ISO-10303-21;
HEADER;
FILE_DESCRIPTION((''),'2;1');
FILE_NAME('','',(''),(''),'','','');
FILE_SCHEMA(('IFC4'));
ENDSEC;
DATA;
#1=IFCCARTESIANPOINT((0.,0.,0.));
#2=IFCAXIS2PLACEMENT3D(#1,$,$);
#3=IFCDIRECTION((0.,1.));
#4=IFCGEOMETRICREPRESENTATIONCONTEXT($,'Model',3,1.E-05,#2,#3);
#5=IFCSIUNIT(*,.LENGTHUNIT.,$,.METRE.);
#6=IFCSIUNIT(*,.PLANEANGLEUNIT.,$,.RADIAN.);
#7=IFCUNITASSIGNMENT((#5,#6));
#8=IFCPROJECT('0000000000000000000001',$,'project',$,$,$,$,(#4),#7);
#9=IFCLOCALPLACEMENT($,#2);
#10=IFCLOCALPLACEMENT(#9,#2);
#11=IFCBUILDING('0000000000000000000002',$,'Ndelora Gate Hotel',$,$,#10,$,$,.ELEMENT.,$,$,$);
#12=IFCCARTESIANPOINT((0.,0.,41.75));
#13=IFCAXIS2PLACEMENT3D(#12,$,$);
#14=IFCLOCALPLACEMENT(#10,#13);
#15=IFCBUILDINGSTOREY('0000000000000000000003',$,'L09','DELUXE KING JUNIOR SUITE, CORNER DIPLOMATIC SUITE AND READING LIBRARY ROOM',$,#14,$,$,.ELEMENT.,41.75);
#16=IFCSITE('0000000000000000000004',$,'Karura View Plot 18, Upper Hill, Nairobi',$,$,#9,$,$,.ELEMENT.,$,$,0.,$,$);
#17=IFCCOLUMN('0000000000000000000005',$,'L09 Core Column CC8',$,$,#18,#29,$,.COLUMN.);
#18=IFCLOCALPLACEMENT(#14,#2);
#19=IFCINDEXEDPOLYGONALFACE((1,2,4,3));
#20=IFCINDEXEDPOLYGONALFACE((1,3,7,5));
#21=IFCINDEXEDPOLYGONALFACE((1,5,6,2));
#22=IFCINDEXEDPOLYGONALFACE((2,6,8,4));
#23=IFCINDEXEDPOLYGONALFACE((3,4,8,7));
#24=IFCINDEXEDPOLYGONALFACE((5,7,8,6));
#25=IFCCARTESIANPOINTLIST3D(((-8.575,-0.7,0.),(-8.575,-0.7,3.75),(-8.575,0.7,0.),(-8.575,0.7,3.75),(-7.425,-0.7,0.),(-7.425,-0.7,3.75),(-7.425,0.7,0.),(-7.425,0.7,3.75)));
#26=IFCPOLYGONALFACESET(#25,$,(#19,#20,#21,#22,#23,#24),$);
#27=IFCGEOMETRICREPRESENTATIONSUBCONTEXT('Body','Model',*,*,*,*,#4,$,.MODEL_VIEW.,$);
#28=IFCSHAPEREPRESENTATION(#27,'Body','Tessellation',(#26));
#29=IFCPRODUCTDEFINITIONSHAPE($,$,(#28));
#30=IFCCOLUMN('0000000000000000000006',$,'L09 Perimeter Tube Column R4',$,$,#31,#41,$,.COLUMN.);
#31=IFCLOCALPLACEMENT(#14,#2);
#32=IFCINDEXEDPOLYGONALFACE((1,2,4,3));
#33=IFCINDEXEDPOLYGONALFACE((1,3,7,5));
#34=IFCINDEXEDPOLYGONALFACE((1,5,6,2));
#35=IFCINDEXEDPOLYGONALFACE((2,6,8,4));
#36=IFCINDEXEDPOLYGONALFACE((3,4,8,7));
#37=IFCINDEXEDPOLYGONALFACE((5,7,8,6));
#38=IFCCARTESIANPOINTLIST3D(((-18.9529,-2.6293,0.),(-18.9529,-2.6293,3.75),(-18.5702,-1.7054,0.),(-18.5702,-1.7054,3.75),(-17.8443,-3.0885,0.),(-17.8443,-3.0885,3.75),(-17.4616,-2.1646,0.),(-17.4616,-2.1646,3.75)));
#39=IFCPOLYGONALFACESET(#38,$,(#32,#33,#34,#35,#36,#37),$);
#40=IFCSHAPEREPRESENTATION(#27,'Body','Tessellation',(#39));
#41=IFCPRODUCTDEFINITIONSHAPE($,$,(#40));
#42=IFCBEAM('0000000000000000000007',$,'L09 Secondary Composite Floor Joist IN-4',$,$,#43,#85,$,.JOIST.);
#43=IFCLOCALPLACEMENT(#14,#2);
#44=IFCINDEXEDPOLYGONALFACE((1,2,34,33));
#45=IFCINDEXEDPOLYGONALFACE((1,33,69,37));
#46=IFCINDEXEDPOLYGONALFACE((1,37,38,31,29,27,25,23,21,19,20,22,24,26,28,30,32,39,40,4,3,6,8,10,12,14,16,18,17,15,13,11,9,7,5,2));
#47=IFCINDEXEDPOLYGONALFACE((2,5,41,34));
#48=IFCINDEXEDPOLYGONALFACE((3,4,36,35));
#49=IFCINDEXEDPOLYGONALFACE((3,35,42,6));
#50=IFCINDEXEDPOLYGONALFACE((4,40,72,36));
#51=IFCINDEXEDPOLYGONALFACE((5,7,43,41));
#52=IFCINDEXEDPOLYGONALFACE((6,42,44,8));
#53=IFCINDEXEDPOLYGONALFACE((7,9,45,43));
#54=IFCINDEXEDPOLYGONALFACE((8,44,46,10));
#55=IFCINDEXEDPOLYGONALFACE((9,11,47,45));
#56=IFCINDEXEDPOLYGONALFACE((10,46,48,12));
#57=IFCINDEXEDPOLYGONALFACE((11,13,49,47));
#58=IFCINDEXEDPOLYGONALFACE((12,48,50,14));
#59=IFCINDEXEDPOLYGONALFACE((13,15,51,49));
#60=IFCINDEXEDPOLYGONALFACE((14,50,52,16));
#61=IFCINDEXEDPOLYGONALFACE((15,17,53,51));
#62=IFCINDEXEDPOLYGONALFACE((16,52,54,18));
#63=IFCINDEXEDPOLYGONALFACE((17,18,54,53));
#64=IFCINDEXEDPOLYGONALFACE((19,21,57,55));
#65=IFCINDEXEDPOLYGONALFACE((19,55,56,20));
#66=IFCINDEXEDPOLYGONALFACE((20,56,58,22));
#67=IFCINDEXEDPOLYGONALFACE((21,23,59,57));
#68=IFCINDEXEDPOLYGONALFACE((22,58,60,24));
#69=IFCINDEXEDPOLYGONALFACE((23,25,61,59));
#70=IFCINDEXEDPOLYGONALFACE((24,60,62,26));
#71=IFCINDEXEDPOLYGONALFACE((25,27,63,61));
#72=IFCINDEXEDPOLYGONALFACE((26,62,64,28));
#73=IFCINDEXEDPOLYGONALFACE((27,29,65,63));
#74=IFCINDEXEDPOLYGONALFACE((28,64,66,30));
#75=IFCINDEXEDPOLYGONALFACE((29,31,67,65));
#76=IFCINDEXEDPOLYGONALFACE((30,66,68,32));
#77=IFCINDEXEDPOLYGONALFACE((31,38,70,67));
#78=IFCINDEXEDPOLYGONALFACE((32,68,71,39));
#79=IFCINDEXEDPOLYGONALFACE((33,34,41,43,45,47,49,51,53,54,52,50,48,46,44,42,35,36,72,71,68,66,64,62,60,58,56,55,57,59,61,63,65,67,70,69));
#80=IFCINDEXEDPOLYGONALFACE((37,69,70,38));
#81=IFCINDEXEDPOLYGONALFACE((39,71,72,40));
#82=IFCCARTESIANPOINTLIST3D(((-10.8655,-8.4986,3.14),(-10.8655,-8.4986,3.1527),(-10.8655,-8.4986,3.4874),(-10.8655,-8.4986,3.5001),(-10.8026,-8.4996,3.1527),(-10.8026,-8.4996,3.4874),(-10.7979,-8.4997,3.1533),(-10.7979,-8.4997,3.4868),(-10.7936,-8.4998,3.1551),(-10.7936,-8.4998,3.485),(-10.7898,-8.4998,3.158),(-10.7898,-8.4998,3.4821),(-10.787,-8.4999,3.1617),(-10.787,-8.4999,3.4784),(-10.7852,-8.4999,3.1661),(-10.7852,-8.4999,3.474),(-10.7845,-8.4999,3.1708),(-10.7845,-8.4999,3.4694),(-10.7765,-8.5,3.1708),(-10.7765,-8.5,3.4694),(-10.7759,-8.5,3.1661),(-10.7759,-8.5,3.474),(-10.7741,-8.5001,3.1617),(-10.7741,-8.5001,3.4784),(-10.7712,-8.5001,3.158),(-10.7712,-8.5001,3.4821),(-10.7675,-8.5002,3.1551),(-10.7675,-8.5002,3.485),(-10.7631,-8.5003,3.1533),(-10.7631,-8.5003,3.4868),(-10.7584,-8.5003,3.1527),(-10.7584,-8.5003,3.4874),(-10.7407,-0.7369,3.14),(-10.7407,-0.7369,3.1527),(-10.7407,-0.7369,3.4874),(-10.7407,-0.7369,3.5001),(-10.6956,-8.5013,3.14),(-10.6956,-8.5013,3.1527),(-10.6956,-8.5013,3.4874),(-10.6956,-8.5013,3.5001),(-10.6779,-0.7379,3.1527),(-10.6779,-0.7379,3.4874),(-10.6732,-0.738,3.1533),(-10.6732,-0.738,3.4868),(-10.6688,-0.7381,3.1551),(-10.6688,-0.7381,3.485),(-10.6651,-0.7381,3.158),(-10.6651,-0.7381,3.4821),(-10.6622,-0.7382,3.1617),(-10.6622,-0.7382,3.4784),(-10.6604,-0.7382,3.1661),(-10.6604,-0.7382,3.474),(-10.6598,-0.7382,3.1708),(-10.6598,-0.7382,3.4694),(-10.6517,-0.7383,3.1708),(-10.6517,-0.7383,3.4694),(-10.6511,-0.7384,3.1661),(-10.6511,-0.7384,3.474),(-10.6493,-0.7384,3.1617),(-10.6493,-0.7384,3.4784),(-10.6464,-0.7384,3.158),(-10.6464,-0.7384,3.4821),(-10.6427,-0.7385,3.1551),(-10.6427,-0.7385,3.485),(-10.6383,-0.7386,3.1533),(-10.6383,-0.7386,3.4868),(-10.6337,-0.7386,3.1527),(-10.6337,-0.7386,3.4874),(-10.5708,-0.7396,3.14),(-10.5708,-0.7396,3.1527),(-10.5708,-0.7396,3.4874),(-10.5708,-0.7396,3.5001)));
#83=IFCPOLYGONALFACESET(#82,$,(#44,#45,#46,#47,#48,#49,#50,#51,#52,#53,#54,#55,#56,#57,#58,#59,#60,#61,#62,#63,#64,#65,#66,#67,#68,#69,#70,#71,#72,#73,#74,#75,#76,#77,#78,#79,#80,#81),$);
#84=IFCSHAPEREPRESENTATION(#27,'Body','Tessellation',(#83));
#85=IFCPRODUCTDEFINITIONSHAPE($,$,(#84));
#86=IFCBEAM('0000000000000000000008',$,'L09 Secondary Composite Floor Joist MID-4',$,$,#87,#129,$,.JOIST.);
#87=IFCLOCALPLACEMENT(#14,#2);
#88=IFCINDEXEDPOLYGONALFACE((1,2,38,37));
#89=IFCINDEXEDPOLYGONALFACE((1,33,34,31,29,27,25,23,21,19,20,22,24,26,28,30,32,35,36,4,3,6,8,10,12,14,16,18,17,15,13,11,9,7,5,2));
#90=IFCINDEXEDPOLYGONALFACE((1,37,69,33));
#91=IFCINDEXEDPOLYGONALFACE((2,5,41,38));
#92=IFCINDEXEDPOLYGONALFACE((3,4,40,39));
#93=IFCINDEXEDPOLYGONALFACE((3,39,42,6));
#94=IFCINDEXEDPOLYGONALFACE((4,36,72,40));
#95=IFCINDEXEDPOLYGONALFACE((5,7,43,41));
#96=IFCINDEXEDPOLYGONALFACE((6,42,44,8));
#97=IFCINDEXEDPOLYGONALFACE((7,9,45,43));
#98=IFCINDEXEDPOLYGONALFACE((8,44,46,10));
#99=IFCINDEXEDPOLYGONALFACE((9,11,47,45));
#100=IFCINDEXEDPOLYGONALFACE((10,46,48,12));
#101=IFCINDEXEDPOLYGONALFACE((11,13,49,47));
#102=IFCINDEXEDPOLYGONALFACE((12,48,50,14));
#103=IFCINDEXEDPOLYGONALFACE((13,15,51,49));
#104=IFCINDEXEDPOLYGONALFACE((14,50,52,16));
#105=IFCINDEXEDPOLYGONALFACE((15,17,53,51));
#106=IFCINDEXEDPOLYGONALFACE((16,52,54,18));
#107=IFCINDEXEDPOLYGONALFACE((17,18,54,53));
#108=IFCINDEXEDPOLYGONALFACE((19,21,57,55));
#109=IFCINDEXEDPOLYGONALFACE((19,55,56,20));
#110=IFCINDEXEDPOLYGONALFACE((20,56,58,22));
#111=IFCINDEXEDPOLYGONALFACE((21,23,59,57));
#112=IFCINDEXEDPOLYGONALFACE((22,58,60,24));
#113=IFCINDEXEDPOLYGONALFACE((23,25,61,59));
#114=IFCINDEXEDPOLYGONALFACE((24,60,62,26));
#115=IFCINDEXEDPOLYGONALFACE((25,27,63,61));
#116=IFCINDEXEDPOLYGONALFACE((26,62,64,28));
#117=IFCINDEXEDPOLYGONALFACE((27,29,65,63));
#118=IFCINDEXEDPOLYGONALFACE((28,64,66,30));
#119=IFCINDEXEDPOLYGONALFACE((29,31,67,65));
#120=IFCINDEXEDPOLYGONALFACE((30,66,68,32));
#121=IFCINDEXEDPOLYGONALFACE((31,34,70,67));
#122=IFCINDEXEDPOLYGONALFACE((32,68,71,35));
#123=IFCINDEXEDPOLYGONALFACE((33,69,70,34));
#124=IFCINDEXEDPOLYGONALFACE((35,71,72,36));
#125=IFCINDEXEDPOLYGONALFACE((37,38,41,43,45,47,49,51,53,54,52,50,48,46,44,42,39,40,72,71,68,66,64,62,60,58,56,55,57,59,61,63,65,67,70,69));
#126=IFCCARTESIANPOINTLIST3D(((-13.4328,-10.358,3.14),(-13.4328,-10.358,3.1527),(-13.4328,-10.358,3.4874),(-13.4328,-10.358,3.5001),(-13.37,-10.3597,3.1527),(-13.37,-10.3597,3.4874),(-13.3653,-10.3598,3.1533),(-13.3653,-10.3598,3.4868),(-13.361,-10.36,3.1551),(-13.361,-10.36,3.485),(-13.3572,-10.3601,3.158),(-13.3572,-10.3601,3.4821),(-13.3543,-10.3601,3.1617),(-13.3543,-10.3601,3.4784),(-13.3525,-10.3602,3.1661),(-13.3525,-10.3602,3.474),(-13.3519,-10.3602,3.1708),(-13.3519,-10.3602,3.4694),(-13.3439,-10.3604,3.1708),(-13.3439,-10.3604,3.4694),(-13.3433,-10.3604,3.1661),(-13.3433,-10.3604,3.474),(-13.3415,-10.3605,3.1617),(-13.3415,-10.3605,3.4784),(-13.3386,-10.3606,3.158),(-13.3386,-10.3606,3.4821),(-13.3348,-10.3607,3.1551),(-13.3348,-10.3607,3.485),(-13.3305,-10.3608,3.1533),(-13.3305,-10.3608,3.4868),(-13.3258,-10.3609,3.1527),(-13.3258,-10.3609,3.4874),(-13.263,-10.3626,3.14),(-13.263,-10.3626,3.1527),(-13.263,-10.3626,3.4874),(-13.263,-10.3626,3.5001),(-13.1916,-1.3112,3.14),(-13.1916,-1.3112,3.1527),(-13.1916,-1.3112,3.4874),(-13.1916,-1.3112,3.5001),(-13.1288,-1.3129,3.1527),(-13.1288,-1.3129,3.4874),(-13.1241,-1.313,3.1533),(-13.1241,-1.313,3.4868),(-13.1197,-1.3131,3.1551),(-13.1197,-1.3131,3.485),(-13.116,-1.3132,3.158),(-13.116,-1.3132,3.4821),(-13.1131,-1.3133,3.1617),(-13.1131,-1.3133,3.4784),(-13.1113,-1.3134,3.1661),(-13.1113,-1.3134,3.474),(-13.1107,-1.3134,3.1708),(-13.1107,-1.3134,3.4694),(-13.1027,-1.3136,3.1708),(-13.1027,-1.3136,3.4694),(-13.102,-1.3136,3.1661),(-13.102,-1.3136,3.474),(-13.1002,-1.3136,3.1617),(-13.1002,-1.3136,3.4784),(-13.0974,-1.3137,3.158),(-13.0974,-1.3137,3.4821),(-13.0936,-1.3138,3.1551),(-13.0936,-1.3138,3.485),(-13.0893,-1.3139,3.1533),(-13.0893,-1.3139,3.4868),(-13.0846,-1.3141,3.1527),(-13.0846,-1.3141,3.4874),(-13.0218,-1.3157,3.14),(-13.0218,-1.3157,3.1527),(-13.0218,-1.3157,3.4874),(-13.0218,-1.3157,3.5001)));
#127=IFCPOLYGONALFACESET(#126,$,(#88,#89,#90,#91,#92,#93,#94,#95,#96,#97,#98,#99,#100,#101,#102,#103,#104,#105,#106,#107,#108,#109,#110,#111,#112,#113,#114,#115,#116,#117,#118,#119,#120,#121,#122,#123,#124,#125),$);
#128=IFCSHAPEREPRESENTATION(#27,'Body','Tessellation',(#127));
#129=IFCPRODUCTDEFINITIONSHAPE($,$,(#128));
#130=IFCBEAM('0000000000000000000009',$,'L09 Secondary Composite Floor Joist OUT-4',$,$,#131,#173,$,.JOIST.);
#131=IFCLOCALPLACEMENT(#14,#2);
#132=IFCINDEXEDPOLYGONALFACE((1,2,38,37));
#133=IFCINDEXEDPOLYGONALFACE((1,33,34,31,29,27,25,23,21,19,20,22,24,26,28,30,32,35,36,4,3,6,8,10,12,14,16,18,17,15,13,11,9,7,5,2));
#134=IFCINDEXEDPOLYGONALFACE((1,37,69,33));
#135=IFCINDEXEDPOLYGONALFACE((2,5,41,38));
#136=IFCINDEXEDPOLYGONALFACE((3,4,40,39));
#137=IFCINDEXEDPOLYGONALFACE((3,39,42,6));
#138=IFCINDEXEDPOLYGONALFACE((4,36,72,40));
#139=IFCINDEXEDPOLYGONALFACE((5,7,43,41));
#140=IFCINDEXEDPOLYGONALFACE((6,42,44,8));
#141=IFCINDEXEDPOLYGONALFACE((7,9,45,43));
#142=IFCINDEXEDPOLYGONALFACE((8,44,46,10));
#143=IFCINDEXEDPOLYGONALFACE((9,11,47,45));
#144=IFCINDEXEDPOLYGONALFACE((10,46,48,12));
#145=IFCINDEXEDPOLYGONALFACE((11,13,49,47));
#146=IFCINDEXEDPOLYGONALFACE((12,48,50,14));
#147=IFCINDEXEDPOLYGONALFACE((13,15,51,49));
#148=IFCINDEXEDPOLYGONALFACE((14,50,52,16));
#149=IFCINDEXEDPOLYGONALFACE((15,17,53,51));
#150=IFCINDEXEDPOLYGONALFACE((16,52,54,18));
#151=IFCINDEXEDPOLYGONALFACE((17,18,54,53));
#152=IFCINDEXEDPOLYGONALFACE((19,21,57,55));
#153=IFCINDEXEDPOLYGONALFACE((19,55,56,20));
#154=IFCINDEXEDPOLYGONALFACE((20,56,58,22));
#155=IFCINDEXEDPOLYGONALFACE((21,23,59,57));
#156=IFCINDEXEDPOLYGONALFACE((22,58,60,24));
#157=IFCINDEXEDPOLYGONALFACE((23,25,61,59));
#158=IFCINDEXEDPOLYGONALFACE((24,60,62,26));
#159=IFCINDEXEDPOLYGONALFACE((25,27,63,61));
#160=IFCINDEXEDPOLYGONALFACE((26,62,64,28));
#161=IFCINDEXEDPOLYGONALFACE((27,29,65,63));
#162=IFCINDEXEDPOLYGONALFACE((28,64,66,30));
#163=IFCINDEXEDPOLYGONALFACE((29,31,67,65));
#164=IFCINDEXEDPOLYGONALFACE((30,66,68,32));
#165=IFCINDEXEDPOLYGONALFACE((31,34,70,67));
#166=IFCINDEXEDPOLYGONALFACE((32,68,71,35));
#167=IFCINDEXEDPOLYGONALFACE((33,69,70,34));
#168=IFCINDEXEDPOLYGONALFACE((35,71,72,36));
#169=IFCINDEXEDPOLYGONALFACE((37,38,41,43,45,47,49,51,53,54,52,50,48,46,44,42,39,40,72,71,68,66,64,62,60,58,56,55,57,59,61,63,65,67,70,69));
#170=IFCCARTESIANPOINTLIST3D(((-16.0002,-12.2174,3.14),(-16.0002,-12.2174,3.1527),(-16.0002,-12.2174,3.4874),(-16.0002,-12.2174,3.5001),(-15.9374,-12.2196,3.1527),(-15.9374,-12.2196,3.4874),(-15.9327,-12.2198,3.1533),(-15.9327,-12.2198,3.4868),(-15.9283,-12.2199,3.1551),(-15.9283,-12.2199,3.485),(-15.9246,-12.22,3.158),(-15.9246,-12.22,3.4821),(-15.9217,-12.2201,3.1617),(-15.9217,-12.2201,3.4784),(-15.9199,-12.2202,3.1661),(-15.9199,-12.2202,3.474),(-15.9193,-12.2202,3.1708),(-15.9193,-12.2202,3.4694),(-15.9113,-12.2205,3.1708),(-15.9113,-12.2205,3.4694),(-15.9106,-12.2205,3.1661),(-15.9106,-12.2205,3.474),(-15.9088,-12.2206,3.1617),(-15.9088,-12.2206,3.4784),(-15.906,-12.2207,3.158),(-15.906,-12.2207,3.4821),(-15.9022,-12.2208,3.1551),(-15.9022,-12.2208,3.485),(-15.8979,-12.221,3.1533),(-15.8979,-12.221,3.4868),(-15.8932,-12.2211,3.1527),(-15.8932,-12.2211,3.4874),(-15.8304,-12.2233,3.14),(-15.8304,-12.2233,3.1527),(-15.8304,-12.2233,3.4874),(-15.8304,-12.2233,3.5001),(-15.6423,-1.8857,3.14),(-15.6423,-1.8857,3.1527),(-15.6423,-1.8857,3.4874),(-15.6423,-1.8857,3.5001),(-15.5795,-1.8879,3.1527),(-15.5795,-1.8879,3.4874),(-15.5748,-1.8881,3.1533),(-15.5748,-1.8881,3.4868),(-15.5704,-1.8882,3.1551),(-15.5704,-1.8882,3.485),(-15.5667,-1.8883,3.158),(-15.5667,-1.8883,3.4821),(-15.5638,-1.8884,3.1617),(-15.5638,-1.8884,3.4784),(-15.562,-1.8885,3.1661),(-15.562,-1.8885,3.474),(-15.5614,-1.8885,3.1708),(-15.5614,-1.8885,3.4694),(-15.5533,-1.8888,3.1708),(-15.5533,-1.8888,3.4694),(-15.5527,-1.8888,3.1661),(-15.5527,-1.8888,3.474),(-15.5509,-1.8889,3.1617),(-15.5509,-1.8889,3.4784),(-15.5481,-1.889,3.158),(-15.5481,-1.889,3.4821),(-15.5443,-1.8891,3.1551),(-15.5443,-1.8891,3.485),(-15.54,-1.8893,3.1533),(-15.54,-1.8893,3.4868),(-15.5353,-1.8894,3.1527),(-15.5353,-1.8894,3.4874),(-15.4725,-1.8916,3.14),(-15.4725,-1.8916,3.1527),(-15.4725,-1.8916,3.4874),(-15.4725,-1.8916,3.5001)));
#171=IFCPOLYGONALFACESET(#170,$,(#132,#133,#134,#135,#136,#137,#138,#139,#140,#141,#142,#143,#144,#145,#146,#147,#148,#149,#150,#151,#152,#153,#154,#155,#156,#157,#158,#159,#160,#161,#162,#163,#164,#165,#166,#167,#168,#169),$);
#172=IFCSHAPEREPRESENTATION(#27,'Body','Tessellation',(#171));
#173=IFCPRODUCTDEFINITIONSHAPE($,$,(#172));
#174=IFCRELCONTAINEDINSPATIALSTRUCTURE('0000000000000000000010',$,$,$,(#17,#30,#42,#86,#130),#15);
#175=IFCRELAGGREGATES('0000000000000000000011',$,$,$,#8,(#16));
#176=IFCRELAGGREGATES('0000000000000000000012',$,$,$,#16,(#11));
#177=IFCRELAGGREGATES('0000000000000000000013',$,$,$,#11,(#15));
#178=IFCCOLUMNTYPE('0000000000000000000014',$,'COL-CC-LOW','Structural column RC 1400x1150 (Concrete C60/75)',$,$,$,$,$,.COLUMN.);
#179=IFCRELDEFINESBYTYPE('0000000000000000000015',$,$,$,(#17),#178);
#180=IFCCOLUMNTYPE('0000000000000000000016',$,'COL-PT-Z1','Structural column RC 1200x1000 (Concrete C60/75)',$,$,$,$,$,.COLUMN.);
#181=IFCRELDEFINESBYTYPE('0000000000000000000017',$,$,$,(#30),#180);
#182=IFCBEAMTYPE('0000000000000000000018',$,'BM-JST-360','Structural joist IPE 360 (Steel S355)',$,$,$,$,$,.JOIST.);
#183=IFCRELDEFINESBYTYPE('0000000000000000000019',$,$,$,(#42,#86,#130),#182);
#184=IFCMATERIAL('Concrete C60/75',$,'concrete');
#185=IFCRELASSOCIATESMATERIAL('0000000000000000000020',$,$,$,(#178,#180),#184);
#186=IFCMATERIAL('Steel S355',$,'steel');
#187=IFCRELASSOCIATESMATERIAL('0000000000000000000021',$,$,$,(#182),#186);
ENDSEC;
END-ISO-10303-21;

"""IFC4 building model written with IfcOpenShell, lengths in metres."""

from ifc_helpers import new_model, si_unit, direction, frame, origin, origin_2d, place, context, subcontext, project, spatial, rectangle, i_section, extrude, material, material_profile, profile_set, type_object, element, save


model = new_model("IFC4")

# Units and contexts
model_context = context("Model", 3, precision=1e-05, world=origin(), true_north=direction((0.0, 1.0)))
body_context = subcontext(model_context, "Body", "Model", "MODEL_VIEW")
ifc_project = project(units=[si_unit("LENGTHUNIT", "METRE"), si_unit("PLANEANGLEUNIT", "RADIAN")], contexts=[model_context])

# Site, building, storey
site_placement = place(None, origin())
site = spatial("IfcSite", under=ifc_project, at=site_placement, Name="Karura View Plot 18, Upper Hill, Nairobi", CompositionType="ELEMENT", RefElevation=0.0)
building_placement = place(site_placement, origin())
building = spatial("IfcBuilding", under=site, at=building_placement, Name="Ndelora Gate Hotel", CompositionType="ELEMENT")
storey_placement = place(building_placement, frame((0.0, 0.0, 41.75)))
storey = spatial("IfcBuildingStorey", under=building, at=storey_placement, Name="L09", Description="DELUXE KING JUNIOR SUITE, CORNER DIPLOMATIC SUITE AND READING LIBRARY ROOM", CompositionType="ELEMENT", Elevation=41.75)

# Columns
ifc_material_1 = material(Name="Concrete C60/75", Category="concrete")
ifc_material_profile_1 = material_profile(ifc_material_1, rectangle(XDim=1.1499, YDim=1.3999, at=origin_2d()), Name="RC 1400x1150")
ifc_profile_set_1 = profile_set([ifc_material_profile_1], Name="Concrete C60/75")
column_type_1 = type_object("IfcColumnType", Name="COL-CC-LOW", Description="Structural column RC 1400x1150 (Concrete C60/75)", PredefinedType="COLUMN", material=ifc_profile_set_1)
column_1_placement = place(storey_placement, frame((-8.0, 0.0, 0.0), z_axis=(0.0, 0.0, 1.0), x_axis=(1.0, 0.0, 0.0)))
element("IfcColumn", 1, at=column_1_placement, inside=storey, type_object=column_type_1, Name="L09 Core Column CC8", PredefinedType="COLUMN", context=body_context, shape_type="SweptSolid", body=[
    extrude(rectangle(XDim=1.1499, YDim=1.3999, at=origin_2d()), origin(), (0.0, 0.0, 1.0), 3.75),
])
ifc_material_profile_2 = material_profile(ifc_material_1, rectangle(XDim=1.0, YDim=1.2, at=origin_2d()), Name="RC 1200x1000")
ifc_profile_set_2 = profile_set([ifc_material_profile_2], Name="Concrete C60/75")
column_type_2 = type_object("IfcColumnType", Name="COL-PT-Z1", Description="Structural column RC 1200x1000 (Concrete C60/75)", PredefinedType="COLUMN", material=ifc_profile_set_2)
column_2_placement = place(storey_placement, frame((-18.2073, -2.397, 0.0), z_axis=(0.0, 0.0, 1.0), x_axis=(0.382683, 0.92388, 0.0)))
element("IfcColumn", 2, at=column_2_placement, inside=storey, type_object=column_type_2, Name="L09 Perimeter Tube Column R4", PredefinedType="COLUMN", context=body_context, shape_type="SweptSolid", body=[
    extrude(rectangle(XDim=1.0, YDim=1.2, at=origin_2d()), origin(), (0.0, 0.0, 1.0), 3.75),
])

# Beams
ifc_material_2 = material(Name="Steel S355", Category="steel")
ifc_material_profile_3 = material_profile(ifc_material_2, i_section(OverallWidth=0.1699, OverallDepth=0.3601, WebThickness=0.0081, FlangeThickness=0.0127, FilletRadius=0.0181, at=origin_2d()), Name="IPE 360")
ifc_profile_set_3 = profile_set([ifc_material_profile_3], Name="Steel S355")
beam_type_1 = type_object("IfcBeamType", Name="BM-JST-360", Description="Structural joist IPE 360 (Steel S355)", PredefinedType="JOIST", material=ifc_profile_set_3)
beam_1_placement = place(storey_placement, frame((-10.6558, -0.7383, 3.3201), z_axis=(-0.016071, -0.999871, 0.0), x_axis=(0.999871, -0.016071, 0.0)))
element("IfcBeam", 3, at=beam_1_placement, inside=storey, type_object=beam_type_1, Name="L09 Secondary Composite Floor Joist IN-4", PredefinedType="JOIST", context=body_context, shape_type="SweptSolid", body=[
    extrude(i_section(OverallWidth=0.1699, OverallDepth=0.3601, WebThickness=0.0081, FlangeThickness=0.0127, FilletRadius=0.0181, at=origin_2d()), origin(), (0.0, 0.0, 1.0), 7.7627),
])
beam_2_placement = place(storey_placement, frame((-13.1067, -1.3135, 3.3201), z_axis=(-0.026653, -0.999645, 0.0), x_axis=(0.999645, -0.026653, 0.0)))
element("IfcBeam", 4, at=beam_2_placement, inside=storey, type_object=beam_type_1, Name="L09 Secondary Composite Floor Joist MID-4", PredefinedType="JOIST", context=body_context, shape_type="SweptSolid", body=[
    extrude(i_section(OverallWidth=0.1699, OverallDepth=0.3601, WebThickness=0.0081, FlangeThickness=0.0127, FilletRadius=0.0181, at=origin_2d()), origin(), (0.0, 0.0, 1.0), 9.05),
])
beam_3_placement = place(storey_placement, frame((-15.5574, -1.8887, 3.3201), z_axis=(-0.034621, -0.999401, 0.0), x_axis=(0.999401, -0.034621, 0.0)))
element("IfcBeam", 5, at=beam_3_placement, inside=storey, type_object=beam_type_1, Name="L09 Secondary Composite Floor Joist OUT-4", PredefinedType="JOIST", context=body_context, shape_type="SweptSolid", body=[
    extrude(i_section(OverallWidth=0.1699, OverallDepth=0.3601, WebThickness=0.0081, FlangeThickness=0.0127, FilletRadius=0.0181, at=origin_2d()), origin(), (0.0, 0.0, 1.0), 10.3379),
])

save(model, "model.ifc")
